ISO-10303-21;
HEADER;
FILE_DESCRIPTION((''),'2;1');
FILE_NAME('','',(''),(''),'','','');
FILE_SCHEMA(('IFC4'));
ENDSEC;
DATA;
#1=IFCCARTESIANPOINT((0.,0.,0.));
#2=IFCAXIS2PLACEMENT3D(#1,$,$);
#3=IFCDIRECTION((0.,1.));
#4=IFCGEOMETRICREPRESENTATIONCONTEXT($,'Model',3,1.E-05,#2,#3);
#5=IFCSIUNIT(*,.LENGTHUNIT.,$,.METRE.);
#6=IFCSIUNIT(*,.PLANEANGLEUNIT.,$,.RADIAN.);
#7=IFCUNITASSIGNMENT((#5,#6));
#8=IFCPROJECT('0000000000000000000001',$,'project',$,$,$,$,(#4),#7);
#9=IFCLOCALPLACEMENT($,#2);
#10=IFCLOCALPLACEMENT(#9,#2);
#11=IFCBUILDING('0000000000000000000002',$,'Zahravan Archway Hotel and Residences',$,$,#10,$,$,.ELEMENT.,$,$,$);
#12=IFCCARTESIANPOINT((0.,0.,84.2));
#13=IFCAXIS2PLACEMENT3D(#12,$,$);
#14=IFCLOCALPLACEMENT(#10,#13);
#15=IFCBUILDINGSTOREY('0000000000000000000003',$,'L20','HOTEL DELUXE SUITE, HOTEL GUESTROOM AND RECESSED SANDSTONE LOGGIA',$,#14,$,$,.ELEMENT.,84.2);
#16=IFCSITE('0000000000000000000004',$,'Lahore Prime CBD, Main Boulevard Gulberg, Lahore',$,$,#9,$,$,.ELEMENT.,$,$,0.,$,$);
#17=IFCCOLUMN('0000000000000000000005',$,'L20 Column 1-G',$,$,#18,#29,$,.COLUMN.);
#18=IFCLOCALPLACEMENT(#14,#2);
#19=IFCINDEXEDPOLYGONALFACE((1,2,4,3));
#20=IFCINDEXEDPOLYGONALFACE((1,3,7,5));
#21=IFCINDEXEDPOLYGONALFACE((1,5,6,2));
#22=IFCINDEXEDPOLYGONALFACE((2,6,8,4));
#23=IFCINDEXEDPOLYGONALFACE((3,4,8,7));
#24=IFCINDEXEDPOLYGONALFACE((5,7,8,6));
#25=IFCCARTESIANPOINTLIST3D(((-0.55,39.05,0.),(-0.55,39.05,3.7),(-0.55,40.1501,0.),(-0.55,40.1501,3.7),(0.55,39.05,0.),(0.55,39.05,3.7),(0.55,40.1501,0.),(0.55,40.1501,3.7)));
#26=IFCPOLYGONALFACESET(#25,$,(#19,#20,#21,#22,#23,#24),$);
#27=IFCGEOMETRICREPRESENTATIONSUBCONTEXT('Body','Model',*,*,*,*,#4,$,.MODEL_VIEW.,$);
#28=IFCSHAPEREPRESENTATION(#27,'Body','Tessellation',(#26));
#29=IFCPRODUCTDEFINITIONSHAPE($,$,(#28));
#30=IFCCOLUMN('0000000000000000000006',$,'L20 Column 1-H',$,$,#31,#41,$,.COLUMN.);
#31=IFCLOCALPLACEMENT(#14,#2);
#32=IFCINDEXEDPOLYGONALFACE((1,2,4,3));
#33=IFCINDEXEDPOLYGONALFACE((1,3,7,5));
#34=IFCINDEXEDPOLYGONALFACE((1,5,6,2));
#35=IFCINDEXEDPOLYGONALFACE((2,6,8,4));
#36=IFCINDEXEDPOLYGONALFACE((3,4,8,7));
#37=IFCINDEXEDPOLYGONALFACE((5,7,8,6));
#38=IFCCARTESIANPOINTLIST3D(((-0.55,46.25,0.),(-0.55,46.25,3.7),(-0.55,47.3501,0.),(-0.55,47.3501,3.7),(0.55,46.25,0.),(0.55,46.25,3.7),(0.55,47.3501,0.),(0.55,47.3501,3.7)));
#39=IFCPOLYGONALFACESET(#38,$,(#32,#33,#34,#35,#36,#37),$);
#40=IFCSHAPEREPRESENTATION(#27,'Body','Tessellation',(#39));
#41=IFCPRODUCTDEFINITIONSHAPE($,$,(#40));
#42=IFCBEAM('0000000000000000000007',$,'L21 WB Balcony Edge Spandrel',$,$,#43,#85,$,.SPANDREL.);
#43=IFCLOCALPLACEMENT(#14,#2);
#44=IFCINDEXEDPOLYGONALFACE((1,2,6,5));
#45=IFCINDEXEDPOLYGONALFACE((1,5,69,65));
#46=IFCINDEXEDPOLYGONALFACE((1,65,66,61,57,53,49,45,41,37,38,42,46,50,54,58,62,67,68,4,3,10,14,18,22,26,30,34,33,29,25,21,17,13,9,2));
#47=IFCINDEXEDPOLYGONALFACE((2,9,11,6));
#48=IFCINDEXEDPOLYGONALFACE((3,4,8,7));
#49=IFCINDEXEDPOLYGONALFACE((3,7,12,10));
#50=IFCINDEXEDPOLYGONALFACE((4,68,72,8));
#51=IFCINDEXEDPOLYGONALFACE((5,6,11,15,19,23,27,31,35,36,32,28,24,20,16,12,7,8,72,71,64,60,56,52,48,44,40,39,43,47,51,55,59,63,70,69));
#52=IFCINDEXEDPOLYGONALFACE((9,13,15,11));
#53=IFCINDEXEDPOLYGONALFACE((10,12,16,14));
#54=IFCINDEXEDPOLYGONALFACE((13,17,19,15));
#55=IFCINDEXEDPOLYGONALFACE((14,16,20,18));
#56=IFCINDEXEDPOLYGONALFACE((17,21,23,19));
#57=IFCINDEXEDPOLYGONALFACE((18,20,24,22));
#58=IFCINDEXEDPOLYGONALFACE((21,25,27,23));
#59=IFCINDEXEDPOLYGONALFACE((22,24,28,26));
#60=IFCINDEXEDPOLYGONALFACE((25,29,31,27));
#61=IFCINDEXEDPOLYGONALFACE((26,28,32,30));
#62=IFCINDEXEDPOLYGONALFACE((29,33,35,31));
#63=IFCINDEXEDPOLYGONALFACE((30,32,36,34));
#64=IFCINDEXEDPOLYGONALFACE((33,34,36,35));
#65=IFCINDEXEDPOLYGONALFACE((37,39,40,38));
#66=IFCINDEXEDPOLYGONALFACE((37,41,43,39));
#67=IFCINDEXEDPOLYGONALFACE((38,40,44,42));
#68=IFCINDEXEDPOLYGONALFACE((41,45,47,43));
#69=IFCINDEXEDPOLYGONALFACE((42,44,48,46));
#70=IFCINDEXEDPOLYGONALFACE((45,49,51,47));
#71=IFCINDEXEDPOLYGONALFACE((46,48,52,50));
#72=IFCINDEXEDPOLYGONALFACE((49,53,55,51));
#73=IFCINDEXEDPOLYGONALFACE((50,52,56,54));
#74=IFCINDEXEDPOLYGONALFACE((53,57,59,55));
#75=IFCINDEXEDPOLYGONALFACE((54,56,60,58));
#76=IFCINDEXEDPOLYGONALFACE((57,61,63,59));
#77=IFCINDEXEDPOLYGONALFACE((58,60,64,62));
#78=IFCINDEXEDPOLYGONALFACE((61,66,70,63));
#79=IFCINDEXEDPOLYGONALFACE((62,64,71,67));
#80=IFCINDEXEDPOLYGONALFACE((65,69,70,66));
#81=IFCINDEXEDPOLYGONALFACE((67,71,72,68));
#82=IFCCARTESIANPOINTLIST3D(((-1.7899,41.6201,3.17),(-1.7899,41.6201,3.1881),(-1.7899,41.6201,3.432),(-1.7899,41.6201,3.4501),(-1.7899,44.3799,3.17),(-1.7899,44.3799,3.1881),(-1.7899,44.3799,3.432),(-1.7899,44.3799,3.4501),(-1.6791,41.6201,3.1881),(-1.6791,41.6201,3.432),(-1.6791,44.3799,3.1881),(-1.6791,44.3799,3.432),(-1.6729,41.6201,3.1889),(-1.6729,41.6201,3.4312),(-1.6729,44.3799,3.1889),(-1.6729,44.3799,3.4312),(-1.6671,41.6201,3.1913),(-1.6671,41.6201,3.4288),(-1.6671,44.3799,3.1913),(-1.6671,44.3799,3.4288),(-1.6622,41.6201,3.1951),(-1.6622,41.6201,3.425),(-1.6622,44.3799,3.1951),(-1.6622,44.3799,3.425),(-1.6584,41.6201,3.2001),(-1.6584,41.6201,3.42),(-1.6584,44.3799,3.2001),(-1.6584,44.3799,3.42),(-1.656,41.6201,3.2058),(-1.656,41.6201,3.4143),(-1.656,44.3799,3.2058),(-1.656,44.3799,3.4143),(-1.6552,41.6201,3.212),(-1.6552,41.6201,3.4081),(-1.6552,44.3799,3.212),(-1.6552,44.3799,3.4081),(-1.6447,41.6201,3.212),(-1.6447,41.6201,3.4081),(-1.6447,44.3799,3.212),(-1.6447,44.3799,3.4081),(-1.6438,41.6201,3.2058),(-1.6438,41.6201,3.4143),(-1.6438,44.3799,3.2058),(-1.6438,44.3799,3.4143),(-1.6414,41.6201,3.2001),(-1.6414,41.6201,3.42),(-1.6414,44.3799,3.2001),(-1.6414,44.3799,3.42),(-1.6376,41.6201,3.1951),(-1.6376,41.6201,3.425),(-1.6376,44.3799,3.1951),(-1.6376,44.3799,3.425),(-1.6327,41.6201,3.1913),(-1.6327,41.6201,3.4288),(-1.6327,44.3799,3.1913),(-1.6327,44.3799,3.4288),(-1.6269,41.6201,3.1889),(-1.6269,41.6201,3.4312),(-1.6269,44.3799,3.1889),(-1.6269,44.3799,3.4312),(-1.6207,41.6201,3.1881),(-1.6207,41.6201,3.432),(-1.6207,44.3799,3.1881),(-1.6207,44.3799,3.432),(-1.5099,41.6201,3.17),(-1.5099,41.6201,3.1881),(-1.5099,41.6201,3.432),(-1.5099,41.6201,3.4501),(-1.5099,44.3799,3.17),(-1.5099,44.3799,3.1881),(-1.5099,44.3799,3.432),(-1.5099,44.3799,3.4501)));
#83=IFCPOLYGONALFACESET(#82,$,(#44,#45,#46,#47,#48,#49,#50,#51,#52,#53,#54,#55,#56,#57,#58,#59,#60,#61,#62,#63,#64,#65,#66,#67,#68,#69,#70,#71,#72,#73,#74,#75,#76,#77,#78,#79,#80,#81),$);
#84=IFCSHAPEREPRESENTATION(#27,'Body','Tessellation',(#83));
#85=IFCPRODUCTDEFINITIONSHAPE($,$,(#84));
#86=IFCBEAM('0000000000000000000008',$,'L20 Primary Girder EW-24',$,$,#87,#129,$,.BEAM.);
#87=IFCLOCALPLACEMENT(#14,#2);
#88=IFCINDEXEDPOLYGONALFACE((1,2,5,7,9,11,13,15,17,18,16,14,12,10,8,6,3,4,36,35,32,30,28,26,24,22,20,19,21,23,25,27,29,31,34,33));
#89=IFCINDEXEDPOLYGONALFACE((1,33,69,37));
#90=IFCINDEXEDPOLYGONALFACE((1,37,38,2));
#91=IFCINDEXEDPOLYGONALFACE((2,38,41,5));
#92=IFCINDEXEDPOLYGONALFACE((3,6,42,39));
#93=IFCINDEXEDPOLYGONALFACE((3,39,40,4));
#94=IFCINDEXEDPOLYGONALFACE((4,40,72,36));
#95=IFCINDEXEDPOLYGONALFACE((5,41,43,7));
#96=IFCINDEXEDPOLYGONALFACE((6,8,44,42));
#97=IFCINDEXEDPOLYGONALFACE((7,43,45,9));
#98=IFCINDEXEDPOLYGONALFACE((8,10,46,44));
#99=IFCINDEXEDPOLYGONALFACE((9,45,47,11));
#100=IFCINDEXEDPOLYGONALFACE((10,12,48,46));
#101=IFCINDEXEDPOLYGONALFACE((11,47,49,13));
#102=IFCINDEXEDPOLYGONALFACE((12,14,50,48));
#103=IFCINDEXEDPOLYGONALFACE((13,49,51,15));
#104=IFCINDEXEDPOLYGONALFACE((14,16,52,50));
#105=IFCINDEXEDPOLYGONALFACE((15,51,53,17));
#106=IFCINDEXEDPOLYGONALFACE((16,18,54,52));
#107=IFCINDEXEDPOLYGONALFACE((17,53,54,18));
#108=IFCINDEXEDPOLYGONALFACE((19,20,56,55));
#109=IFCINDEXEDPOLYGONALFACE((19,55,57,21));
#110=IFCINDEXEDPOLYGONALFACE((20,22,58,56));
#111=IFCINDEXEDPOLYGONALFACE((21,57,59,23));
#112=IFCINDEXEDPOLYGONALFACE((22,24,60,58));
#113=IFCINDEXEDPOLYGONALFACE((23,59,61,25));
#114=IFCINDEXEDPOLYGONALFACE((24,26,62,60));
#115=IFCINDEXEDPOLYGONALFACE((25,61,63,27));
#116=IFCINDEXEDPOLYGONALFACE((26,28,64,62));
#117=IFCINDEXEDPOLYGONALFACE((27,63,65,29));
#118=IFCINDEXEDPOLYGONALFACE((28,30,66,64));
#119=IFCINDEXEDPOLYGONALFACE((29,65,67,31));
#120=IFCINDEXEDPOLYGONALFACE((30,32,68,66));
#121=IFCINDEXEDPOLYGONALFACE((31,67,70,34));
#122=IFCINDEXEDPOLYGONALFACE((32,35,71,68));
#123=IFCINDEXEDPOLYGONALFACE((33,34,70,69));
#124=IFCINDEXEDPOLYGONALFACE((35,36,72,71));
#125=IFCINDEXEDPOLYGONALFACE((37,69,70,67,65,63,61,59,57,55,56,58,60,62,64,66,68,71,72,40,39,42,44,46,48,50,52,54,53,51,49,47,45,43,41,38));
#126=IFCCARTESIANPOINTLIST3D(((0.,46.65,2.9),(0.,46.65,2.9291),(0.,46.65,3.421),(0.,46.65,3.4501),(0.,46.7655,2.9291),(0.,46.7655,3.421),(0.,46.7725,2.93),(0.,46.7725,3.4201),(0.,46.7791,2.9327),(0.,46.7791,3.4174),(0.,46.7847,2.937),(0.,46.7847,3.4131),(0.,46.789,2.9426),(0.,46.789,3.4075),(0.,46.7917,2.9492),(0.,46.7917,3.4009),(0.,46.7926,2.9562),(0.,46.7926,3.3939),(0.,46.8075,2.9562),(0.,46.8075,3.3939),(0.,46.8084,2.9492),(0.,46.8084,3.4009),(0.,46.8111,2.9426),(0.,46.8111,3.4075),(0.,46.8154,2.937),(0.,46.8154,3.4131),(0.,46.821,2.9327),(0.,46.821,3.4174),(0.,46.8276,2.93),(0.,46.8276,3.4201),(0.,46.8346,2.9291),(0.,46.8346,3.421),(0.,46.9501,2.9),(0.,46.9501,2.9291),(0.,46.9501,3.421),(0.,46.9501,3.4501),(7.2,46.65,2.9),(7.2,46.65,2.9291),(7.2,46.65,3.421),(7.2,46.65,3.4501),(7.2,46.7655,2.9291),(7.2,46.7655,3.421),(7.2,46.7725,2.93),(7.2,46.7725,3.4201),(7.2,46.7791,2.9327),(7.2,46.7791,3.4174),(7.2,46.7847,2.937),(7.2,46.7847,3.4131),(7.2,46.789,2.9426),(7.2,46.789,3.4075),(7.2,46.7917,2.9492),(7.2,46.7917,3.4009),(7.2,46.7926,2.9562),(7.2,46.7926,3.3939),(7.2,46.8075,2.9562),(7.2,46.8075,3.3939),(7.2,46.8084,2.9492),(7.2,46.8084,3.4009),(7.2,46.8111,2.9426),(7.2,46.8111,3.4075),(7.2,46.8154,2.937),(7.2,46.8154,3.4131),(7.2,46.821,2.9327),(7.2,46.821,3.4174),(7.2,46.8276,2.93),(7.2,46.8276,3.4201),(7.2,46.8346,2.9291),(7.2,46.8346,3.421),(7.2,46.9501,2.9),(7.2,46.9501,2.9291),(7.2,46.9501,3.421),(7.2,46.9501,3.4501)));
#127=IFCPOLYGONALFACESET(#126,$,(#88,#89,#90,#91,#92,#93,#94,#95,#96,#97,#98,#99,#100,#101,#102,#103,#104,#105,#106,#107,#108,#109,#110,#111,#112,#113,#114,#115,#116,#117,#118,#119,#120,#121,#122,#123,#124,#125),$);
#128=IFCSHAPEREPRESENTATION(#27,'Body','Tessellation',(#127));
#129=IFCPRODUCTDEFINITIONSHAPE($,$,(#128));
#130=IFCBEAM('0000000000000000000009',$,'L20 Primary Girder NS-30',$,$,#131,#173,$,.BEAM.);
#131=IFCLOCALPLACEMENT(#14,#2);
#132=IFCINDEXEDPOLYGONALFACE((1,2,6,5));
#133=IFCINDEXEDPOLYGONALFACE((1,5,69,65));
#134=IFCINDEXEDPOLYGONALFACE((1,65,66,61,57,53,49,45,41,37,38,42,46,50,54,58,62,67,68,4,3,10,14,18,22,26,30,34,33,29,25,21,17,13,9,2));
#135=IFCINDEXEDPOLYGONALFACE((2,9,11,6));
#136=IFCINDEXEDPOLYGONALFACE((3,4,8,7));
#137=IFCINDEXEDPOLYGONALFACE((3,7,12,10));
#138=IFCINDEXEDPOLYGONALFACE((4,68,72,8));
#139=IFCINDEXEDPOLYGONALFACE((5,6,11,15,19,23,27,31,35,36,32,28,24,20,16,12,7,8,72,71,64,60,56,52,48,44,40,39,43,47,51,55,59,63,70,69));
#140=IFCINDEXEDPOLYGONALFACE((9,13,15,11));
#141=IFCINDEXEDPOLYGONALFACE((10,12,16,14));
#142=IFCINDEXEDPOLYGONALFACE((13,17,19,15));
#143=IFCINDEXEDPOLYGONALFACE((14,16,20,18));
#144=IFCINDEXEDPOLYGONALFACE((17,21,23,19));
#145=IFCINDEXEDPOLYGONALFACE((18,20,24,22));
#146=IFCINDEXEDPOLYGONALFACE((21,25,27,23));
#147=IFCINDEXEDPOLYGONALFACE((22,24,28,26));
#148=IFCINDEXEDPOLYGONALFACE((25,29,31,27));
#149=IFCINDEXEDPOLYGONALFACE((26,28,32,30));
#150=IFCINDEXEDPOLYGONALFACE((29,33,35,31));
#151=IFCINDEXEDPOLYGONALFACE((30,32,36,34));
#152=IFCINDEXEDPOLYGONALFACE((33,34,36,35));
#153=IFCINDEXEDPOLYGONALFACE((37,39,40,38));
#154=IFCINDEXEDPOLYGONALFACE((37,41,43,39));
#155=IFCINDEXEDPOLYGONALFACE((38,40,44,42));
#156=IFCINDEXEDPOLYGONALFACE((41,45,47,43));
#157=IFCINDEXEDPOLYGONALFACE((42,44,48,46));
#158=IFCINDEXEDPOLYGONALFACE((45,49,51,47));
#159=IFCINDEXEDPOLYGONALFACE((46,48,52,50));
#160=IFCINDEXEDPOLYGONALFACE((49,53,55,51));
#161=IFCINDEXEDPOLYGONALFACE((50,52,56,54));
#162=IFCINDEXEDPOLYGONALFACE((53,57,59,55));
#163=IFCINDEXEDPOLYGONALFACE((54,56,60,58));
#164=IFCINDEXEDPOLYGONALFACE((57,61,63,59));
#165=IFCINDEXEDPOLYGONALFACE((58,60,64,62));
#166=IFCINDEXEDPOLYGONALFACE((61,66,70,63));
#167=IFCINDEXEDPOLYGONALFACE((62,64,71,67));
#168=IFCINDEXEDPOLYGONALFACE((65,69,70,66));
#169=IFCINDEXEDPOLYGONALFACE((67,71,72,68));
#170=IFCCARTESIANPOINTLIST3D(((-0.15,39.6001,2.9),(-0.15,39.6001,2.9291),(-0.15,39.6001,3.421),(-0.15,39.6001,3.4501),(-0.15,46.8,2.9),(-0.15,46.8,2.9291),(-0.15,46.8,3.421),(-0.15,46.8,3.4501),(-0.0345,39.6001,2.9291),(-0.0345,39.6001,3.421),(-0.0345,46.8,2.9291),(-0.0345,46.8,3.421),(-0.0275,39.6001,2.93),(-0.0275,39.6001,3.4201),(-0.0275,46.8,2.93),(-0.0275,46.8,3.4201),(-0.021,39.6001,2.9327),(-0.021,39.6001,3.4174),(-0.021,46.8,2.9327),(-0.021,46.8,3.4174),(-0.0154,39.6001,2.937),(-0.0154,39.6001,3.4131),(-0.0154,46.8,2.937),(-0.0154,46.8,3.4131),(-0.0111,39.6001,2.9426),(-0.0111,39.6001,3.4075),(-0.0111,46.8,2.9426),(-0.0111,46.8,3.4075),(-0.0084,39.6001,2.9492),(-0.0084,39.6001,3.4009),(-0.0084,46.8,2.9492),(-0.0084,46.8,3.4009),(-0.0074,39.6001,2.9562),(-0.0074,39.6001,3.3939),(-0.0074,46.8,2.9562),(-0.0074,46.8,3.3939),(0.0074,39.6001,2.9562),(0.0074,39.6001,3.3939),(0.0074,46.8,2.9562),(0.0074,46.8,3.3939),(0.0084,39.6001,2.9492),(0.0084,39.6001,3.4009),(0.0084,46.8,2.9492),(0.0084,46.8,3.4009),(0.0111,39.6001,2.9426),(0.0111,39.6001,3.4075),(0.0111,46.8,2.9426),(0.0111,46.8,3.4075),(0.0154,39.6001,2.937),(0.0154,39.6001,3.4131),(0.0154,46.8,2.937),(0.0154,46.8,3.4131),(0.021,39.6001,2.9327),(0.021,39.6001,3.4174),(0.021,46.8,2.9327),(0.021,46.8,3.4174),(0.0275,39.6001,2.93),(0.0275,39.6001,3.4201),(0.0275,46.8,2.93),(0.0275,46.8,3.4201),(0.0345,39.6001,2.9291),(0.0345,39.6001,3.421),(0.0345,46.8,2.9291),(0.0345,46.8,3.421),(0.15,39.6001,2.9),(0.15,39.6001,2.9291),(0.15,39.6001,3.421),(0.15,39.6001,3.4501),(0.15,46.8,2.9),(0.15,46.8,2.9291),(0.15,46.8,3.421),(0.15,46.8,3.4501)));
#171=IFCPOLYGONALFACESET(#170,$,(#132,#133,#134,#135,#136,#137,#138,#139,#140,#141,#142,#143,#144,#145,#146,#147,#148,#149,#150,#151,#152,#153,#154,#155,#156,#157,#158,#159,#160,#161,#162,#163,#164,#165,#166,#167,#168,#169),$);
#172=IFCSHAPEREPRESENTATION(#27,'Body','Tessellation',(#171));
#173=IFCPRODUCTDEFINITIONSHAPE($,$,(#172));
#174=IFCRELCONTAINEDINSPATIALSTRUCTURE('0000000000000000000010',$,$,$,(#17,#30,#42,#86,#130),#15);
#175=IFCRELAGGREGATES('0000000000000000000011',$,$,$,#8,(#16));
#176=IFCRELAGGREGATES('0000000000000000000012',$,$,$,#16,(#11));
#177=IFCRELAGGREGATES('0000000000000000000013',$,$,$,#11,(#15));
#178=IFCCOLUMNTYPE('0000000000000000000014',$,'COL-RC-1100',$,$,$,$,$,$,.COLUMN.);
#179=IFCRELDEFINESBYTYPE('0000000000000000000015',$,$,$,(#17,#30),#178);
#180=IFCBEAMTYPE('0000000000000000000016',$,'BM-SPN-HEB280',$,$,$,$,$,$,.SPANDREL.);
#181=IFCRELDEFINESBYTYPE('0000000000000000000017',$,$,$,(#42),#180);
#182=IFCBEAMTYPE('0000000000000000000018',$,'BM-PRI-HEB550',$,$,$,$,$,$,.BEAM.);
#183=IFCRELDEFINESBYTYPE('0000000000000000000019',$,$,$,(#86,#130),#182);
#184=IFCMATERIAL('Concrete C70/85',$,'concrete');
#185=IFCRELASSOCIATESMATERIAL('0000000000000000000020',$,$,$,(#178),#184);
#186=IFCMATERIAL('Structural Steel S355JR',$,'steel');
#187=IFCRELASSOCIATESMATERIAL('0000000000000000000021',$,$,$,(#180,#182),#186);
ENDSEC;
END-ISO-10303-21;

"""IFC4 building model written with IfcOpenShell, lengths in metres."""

from ifc_helpers import new_model, si_unit, direction, frame, origin, origin_2d, place, context, subcontext, project, spatial, rectangle, i_section, extrude, source, transform, mapped, material, material_profile, profile_set, type_object, element, save


model = new_model("IFC4")

# Units and contexts
model_context = context("Model", 3, precision=1e-05, world=origin(), true_north=direction((0.0, 1.0)))
body_context = subcontext(model_context, "Body", "Model", "MODEL_VIEW")
ifc_project = project(units=[si_unit("LENGTHUNIT", "METRE"), si_unit("PLANEANGLEUNIT", "RADIAN")], contexts=[model_context])

# Site, building, storey
site_placement = place(None, origin())
site = spatial("IfcSite", under=ifc_project, at=site_placement, Name="Lahore Prime CBD, Main Boulevard Gulberg, Lahore", CompositionType="ELEMENT", RefElevation=0.0)
building_placement = place(site_placement, origin())
building = spatial("IfcBuilding", under=site, at=building_placement, Name="Zahravan Archway Hotel and Residences", CompositionType="ELEMENT")
storey_placement = place(building_placement, frame((0.0, 0.0, 84.2)))
storey = spatial("IfcBuildingStorey", under=building, at=storey_placement, Name="L20", Description="HOTEL DELUXE SUITE, HOTEL GUESTROOM AND RECESSED SANDSTONE LOGGIA", CompositionType="ELEMENT", Elevation=84.2)

# Columns
ifc_material_1 = material(Name="Concrete C70/85", Category="concrete")
ifc_material_profile_1 = material_profile(ifc_material_1, rectangle(XDim=1.1001, YDim=1.1001, at=origin_2d()), Name="RC 1100x1100", Category="concrete")
ifc_profile_set_1 = profile_set([ifc_material_profile_1], Name="Concrete C70/85")
column_type = type_object("IfcColumnType", Name="COL-RC-1100", PredefinedType="COLUMN", material=ifc_profile_set_1)
shared_shape_1 = source(origin(), body_context, "Body", "SweptSolid", [
    extrude(rectangle(XDim=1.1001, YDim=1.1001, at=origin_2d()), origin(), (0.0, 0.0, 1.0), 3.7),
])
for number, where, z_axis, x_axis, name in (
    (1, (0.0, 39.6001, 0.0), (0.0, 0.0, 1.0), (1.0, 0.0, 0.0), "L20 Column 1-G"),
    (2, (0.0, 46.8, 0.0), (0.0, 0.0, 1.0), (1.0, 0.0, 0.0), "L20 Column 1-H"),
):
    element("IfcColumn", number, at=place(storey_placement, frame(where, z_axis=z_axis, x_axis=x_axis)), inside=storey, type_object=column_type, Name=name, PredefinedType="COLUMN", context=body_context, shape_type="MappedRepresentation", body=[
        mapped(shared_shape_1, transform((0.0, 0.0, 0.0), scale=1.0)),
    ])

# Beams
ifc_material_2 = material(Name="Structural Steel S355JR", Category="steel")
ifc_material_profile_2 = material_profile(ifc_material_2, i_section(OverallWidth=0.28, OverallDepth=0.28, WebThickness=0.0105, FlangeThickness=0.0181, FilletRadius=0.0239, at=origin_2d()), Name="HEB 280", Category="steel")
ifc_profile_set_2 = profile_set([ifc_material_profile_2], Name="Structural Steel S355JR")
beam_type_1 = type_object("IfcBeamType", Name="BM-SPN-HEB280", PredefinedType="SPANDREL", material=ifc_profile_set_2)
shared_shape_2 = source(origin(), body_context, "Body", "SweptSolid", [
    extrude(i_section(OverallWidth=0.28, OverallDepth=0.28, WebThickness=0.0105, FlangeThickness=0.0181, FilletRadius=0.0239, at=origin_2d()), origin(), (0.0, 0.0, 1.0), 2.7598),
])
beam_placement = place(storey_placement, frame((-1.6499, 41.6201, 3.3101), z_axis=(0.0, 1.0, 0.0), x_axis=(-1.0, 0.0, 0.0)))
element("IfcBeam", 3, at=beam_placement, inside=storey, type_object=beam_type_1, Name="L21 WB Balcony Edge Spandrel", PredefinedType="SPANDREL", context=body_context, shape_type="MappedRepresentation", body=[
    mapped(shared_shape_2, transform((0.0, 0.0, 0.0), scale=1.0)),
])
ifc_material_profile_3 = material_profile(ifc_material_2, i_section(OverallWidth=0.3, OverallDepth=0.55, WebThickness=0.0149, FlangeThickness=0.0291, FilletRadius=0.0271, at=origin_2d()), Name="HEB 550", Category="steel")
ifc_profile_set_3 = profile_set([ifc_material_profile_3], Name="Structural Steel S355JR")
beam_type_2 = type_object("IfcBeamType", Name="BM-PRI-HEB550", PredefinedType="BEAM", material=ifc_profile_set_3)
shared_shape_3 = source(origin(), body_context, "Body", "SweptSolid", [
    extrude(i_section(OverallWidth=0.3, OverallDepth=0.55, WebThickness=0.0149, FlangeThickness=0.0291, FilletRadius=0.0271, at=origin_2d()), origin(), (0.0, 0.0, 1.0), 7.2),
])
for number, where, z_axis, x_axis, name in (
    (4, (0.0, 46.8, 3.175), (1.0, 0.0, 0.0), (0.0, 1.0, 0.0), "L20 Primary Girder EW-24"),
    (5, (0.0, 39.6001, 3.175), (0.0, 1.0, 0.0), (-1.0, 0.0, 0.0), "L20 Primary Girder NS-30"),
):
    element("IfcBeam", number, at=place(storey_placement, frame(where, z_axis=z_axis, x_axis=x_axis)), inside=storey, type_object=beam_type_2, Name=name, PredefinedType="BEAM", context=body_context, shape_type="MappedRepresentation", body=[
        mapped(shared_shape_3, transform((0.0, 0.0, 0.0), scale=1.0)),
    ])

save(model, "model.ifc")
